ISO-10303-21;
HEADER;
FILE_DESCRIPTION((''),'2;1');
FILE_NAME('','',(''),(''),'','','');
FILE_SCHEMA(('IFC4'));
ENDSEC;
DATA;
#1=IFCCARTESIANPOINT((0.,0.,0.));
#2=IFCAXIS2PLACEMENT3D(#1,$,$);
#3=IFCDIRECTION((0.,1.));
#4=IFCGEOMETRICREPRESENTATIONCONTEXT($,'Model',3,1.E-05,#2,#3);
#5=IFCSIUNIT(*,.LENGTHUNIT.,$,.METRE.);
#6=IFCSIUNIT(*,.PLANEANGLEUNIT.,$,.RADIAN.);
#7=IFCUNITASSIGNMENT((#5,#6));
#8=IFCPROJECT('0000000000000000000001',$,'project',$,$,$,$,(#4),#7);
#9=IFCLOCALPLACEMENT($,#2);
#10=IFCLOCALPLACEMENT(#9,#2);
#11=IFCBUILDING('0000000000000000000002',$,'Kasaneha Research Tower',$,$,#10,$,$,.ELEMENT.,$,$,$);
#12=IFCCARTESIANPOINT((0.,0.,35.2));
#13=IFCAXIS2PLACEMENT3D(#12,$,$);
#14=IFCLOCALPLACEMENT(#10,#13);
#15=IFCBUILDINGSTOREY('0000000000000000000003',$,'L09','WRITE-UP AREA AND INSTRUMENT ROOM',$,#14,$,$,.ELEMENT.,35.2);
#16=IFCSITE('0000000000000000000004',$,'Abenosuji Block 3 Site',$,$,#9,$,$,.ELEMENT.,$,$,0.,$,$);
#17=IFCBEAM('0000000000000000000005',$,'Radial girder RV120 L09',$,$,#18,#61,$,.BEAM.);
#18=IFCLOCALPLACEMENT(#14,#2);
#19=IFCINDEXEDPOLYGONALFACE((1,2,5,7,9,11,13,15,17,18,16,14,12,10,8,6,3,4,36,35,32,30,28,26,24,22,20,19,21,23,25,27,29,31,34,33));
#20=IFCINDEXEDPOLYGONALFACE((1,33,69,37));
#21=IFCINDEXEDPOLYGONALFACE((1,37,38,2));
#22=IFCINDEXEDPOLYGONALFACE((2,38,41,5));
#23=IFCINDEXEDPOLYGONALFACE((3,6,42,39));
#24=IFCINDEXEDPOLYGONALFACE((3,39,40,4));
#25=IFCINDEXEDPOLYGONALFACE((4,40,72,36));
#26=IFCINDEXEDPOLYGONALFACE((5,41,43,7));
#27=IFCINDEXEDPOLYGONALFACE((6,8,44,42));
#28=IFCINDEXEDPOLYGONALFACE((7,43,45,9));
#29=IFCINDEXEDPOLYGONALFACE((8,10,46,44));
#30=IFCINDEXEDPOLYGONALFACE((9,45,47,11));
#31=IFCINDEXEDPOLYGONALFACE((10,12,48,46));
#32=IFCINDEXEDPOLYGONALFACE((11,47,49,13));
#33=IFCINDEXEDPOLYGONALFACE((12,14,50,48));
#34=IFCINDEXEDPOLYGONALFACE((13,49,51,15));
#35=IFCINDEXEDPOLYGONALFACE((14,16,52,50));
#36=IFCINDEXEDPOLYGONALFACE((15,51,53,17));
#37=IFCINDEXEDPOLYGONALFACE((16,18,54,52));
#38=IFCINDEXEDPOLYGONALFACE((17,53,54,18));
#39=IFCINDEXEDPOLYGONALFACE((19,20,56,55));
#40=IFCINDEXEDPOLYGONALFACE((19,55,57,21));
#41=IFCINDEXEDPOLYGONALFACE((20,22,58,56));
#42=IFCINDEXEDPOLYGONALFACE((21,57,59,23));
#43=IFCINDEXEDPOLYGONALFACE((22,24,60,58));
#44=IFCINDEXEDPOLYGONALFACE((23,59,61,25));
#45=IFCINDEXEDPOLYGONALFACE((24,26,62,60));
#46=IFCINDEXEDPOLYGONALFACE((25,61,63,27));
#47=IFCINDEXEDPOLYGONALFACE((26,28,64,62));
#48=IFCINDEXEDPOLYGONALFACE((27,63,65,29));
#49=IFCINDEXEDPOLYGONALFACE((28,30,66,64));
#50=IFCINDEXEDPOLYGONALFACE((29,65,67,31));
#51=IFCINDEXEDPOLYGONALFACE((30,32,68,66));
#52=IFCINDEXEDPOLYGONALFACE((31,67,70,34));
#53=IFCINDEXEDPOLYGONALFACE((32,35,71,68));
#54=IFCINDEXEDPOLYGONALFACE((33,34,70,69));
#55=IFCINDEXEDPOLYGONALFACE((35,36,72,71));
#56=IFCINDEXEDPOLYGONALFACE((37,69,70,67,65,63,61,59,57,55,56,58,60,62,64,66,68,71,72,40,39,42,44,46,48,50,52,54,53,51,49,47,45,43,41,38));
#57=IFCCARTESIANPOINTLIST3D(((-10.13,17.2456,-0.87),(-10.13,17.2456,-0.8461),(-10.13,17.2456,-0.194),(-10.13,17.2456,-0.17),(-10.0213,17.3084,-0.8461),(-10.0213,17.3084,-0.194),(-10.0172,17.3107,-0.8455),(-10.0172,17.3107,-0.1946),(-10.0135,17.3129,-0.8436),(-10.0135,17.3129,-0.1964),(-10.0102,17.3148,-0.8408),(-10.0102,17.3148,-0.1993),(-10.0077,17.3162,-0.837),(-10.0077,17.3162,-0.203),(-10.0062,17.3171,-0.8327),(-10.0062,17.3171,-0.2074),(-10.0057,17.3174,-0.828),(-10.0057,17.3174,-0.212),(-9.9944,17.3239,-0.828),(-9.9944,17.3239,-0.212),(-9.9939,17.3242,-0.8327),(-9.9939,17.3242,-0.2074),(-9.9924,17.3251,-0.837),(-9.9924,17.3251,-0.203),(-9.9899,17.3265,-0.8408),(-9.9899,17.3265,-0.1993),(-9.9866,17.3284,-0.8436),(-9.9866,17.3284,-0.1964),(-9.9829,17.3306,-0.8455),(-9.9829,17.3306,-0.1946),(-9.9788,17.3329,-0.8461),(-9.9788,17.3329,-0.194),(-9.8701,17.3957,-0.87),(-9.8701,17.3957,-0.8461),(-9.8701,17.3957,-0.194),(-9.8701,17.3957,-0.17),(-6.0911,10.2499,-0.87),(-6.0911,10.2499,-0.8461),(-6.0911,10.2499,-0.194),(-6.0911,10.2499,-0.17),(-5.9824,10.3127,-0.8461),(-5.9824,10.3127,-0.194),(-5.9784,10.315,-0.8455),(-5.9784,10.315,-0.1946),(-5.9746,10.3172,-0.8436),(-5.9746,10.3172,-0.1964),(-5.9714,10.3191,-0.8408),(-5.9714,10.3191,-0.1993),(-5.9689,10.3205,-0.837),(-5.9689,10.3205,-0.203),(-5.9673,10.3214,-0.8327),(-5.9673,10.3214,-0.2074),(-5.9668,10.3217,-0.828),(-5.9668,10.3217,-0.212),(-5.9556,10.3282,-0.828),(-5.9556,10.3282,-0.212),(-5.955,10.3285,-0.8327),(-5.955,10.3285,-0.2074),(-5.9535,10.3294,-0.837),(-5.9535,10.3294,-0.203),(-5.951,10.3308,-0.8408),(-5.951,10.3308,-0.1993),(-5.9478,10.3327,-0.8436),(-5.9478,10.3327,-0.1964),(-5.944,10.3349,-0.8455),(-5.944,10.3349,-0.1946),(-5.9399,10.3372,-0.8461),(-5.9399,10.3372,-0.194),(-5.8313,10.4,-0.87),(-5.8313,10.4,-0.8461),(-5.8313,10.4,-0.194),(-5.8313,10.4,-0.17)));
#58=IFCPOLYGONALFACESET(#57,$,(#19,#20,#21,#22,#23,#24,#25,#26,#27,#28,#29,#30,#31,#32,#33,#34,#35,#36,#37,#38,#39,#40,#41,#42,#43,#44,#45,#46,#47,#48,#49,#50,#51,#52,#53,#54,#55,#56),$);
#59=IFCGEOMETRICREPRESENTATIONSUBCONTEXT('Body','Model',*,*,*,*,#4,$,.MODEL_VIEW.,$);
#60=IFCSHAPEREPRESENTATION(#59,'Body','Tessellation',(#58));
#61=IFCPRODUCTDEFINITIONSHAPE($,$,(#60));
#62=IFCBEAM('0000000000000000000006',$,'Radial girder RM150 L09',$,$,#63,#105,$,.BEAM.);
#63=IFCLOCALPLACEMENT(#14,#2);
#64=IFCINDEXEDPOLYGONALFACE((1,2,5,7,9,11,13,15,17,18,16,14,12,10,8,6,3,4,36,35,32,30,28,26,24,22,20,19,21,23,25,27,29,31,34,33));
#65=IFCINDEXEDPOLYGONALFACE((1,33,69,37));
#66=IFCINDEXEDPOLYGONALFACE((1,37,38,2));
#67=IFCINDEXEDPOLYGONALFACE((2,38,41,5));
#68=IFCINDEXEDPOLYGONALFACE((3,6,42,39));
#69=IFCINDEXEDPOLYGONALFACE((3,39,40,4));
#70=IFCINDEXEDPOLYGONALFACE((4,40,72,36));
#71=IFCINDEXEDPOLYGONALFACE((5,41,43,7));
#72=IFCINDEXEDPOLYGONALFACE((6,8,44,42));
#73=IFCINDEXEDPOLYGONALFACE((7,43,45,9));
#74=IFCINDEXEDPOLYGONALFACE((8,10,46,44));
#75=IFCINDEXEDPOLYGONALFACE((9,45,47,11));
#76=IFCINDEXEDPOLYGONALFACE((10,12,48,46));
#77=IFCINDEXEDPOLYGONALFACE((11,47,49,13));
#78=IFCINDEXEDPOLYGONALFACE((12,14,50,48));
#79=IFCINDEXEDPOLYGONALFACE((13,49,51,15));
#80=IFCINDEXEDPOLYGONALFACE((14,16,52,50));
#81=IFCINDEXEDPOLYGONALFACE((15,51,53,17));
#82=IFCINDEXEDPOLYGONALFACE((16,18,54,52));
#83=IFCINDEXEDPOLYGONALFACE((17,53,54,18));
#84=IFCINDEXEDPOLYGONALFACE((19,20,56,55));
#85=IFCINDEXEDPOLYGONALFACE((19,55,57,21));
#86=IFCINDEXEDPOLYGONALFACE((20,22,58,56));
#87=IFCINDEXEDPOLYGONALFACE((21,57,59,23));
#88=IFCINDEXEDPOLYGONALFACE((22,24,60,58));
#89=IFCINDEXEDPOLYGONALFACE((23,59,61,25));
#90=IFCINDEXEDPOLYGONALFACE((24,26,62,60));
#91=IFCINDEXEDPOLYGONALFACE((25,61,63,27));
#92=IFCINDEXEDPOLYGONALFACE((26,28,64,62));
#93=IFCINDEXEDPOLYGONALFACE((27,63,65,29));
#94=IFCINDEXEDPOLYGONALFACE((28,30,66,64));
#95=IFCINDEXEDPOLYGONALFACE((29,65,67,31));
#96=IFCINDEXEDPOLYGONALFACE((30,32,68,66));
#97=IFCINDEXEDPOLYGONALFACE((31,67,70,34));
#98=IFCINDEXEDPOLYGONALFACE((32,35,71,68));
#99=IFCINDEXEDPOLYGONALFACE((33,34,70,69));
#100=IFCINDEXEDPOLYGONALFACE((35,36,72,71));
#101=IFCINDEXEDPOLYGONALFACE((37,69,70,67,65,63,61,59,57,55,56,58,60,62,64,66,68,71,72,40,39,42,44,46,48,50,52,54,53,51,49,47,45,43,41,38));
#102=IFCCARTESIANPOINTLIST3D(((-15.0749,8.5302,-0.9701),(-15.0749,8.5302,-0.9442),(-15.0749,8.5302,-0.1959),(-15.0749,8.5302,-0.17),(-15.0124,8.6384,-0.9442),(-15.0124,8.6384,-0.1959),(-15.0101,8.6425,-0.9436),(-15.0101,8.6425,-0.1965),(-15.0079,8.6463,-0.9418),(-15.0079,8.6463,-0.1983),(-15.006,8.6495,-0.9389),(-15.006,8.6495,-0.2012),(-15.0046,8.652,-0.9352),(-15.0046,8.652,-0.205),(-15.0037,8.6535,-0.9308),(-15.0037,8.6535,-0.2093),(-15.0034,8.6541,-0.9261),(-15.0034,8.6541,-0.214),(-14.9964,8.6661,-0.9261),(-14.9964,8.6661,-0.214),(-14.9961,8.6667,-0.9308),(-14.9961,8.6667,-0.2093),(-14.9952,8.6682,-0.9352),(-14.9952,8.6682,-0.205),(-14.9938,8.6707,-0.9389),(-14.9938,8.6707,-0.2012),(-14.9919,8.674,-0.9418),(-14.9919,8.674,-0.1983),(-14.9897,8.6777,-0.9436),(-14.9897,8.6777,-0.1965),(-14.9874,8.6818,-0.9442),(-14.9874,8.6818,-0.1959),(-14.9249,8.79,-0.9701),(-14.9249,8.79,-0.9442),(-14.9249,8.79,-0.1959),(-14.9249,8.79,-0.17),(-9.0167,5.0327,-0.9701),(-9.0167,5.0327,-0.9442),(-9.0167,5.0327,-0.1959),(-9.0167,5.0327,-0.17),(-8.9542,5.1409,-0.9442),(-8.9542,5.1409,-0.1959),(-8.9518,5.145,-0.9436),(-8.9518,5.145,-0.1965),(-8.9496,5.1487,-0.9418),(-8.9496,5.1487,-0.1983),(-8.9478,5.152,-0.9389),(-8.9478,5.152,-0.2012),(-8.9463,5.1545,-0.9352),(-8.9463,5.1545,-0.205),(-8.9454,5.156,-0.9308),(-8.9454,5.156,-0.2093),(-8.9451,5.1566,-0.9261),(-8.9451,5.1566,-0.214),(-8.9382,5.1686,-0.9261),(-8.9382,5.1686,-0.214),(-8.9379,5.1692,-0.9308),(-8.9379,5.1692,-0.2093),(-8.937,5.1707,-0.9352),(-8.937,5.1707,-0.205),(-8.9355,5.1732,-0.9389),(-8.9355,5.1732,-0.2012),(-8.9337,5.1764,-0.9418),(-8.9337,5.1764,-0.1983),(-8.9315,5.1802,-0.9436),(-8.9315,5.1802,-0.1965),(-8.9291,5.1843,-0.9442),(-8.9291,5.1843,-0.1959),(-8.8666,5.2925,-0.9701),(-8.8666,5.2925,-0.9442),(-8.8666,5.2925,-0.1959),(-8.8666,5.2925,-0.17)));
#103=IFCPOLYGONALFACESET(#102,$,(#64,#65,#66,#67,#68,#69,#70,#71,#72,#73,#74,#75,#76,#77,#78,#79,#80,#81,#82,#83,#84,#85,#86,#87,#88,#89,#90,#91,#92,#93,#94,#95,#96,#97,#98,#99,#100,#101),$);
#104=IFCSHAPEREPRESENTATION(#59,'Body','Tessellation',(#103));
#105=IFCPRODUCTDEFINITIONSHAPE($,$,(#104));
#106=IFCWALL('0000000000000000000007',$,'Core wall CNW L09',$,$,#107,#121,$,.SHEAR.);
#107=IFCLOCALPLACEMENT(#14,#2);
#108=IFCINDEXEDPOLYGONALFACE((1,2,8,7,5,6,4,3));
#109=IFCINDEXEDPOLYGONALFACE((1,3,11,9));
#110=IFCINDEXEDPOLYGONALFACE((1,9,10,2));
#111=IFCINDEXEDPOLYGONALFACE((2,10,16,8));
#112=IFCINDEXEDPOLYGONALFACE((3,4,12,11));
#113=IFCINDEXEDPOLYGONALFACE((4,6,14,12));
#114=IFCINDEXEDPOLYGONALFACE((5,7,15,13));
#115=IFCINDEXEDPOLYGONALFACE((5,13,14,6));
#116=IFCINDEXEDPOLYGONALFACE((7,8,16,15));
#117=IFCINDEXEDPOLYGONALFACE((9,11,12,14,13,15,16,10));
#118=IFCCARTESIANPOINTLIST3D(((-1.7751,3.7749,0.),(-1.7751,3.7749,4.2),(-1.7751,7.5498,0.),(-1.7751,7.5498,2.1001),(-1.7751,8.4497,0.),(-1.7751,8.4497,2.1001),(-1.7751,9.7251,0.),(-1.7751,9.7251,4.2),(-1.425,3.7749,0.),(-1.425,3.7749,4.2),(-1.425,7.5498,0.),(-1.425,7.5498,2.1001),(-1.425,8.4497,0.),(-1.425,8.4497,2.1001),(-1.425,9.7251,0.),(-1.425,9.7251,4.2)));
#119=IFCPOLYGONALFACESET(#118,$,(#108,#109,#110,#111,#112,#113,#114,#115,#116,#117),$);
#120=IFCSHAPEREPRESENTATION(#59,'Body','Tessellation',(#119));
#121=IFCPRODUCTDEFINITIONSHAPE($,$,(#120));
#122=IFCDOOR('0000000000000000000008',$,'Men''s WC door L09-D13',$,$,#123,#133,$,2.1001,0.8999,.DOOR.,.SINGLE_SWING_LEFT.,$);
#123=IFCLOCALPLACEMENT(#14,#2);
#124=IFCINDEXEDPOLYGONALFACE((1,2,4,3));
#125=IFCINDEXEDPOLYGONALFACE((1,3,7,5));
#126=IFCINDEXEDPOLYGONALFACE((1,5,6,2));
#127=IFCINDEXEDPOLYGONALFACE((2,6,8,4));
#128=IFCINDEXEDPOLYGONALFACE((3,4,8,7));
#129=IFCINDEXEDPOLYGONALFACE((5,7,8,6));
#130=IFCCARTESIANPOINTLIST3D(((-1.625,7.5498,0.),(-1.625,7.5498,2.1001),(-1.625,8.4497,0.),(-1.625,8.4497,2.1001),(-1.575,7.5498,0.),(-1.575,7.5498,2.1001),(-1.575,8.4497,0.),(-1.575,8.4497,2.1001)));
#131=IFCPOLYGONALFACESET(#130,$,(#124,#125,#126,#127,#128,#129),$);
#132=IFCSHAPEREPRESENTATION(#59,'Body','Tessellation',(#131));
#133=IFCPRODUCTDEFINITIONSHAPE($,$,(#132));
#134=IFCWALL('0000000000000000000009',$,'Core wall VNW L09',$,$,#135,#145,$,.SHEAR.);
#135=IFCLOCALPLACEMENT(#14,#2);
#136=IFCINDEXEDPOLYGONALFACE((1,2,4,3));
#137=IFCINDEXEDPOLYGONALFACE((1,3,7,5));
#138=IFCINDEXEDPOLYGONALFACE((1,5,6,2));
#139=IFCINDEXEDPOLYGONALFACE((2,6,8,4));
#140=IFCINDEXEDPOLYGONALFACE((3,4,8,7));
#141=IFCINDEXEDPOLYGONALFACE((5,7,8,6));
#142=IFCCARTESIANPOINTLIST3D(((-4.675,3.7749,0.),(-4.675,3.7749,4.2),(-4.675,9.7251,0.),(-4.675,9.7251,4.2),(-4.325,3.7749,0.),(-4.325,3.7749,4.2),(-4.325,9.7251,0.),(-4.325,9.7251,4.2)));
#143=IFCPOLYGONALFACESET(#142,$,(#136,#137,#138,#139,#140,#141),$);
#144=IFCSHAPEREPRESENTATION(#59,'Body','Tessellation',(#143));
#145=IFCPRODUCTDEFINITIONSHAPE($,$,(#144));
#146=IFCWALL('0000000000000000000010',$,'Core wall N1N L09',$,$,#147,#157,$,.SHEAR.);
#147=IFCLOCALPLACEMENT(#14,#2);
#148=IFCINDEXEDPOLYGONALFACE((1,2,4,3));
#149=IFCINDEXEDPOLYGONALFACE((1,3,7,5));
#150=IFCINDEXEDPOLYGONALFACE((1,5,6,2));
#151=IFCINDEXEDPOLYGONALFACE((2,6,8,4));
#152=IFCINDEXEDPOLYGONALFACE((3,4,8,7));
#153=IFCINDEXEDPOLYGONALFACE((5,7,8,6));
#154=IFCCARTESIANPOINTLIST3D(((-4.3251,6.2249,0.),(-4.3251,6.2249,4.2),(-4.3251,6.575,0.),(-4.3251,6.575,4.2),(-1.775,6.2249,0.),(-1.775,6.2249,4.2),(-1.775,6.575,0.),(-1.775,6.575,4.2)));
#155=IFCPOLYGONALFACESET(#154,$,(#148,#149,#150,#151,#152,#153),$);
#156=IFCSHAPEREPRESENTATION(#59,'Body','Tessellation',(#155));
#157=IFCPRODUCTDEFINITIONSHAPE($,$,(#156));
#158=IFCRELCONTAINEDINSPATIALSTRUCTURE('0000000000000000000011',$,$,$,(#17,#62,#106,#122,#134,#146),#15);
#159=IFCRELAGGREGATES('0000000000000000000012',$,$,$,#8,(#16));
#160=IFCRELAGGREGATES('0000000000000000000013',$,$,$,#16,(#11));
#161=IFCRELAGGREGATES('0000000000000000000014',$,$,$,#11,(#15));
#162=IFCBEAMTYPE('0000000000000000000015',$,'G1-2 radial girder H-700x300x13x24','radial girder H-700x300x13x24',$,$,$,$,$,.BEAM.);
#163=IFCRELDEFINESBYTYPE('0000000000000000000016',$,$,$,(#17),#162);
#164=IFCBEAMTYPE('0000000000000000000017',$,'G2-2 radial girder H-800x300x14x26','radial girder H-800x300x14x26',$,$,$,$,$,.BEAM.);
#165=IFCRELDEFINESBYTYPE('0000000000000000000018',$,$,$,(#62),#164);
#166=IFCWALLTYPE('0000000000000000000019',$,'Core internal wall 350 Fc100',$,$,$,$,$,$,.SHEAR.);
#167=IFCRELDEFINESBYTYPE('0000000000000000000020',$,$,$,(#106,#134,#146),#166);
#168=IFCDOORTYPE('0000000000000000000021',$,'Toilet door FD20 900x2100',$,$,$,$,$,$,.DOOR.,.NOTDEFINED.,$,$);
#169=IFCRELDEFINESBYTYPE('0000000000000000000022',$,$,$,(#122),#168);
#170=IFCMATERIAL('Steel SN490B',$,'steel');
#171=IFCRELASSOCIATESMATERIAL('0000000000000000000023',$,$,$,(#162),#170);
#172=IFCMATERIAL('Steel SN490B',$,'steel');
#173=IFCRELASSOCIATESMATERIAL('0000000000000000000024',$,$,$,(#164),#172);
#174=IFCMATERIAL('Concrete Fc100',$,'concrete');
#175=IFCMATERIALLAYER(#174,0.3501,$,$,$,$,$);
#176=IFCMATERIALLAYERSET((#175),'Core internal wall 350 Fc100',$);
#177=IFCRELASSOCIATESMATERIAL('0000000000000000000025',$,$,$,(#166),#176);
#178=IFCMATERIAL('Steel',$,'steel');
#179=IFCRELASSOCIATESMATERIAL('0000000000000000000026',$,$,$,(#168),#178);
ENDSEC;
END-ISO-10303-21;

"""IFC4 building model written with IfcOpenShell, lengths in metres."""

from ifc_helpers import new_model, si_unit, direction, frame, frame_2d, origin, origin_2d, place, context, subcontext, project, spatial, rectangle, i_section, extrude, material, layer, layer_set, material_profile, profile_set, type_object, element, fill, save


model = new_model("IFC4")

# Units and contexts
model_context = context("Model", 3, precision=1e-05, world=origin(), true_north=direction((0.0, 1.0)))
body_context = subcontext(model_context, "Body", "Model", "MODEL_VIEW")
ifc_project = project(units=[si_unit("LENGTHUNIT", "METRE"), si_unit("PLANEANGLEUNIT", "RADIAN")], contexts=[model_context])

# Site, building, storey
site_placement = place(None, origin())
site = spatial("IfcSite", under=ifc_project, at=site_placement, Name="Abenosuji Block 3 Site", CompositionType="ELEMENT", RefElevation=0.0)
building_placement = place(site_placement, origin())
building = spatial("IfcBuilding", under=site, at=building_placement, Name="Kasaneha Research Tower", CompositionType="ELEMENT")
storey_placement = place(building_placement, frame((0.0, 0.0, 35.2)))
storey = spatial("IfcBuildingStorey", under=building, at=storey_placement, Name="L09", Description="WRITE-UP AREA AND INSTRUMENT ROOM", CompositionType="ELEMENT", Elevation=35.2)

# Beams
ifc_material_1 = material(Name="Steel SN490B", Category="steel")
ifc_material_profile_1 = material_profile(ifc_material_1, i_section(OverallWidth=0.3, OverallDepth=0.7, WebThickness=0.0129, FlangeThickness=0.0239, FilletRadius=0.0181, at=origin_2d()), Name="H-700x300x13x24")
ifc_profile_set_1 = profile_set([ifc_material_profile_1], Name="Steel SN490B")
beam_type_1 = type_object("IfcBeamType", Name="G1-2 radial girder H-700x300x13x24", Description="radial girder H-700x300x13x24", PredefinedType="BEAM", material=ifc_profile_set_1)
beam_1_placement = place(storey_placement, frame((-5.9612, 10.325, -0.52), z_axis=(-0.499991, 0.866031, 0.0), x_axis=(-0.866031, -0.499991, 0.0)))
element("IfcBeam", 1, at=beam_1_placement, inside=storey, type_object=beam_type_1, Name="Radial girder RV120 L09", PredefinedType="BEAM", context=body_context, shape_type="SweptSolid", body=[
    extrude(i_section(OverallWidth=0.3, OverallDepth=0.7, WebThickness=0.0129, FlangeThickness=0.0239, FilletRadius=0.0181, at=origin_2d()), origin(), (0.0, 0.0, 1.0), 8.0779),
])
ifc_material_2 = material(Name="Steel SN490B", Category="steel")
ifc_material_profile_2 = material_profile(ifc_material_2, i_section(OverallWidth=0.3, OverallDepth=0.8, WebThickness=0.0139, FlangeThickness=0.0259, FilletRadius=0.0181, at=origin_2d()), Name="H-800x300x14x26")
ifc_profile_set_2 = profile_set([ifc_material_profile_2], Name="Steel SN490B")
beam_type_2 = type_object("IfcBeamType", Name="G2-2 radial girder H-800x300x14x26", Description="radial girder H-800x300x14x26", PredefinedType="BEAM", material=ifc_profile_set_2)
beam_2_placement = place(storey_placement, frame((-8.9417, 5.1626, -0.5701), z_axis=(-0.86604, 0.499975, 0.0), x_axis=(-0.499975, -0.86604, 0.0)))
element("IfcBeam", 2, at=beam_2_placement, inside=storey, type_object=beam_type_2, Name="Radial girder RM150 L09", PredefinedType="BEAM", context=body_context, shape_type="SweptSolid", body=[
    extrude(i_section(OverallWidth=0.3, OverallDepth=0.8, WebThickness=0.0139, FlangeThickness=0.0259, FilletRadius=0.0181, at=origin_2d()), origin(), (0.0, 0.0, 1.0), 6.9954),
])

# Wall, opening, door
ifc_material_3 = material(Name="Concrete Fc100", Category="concrete")
ifc_layer_1 = layer(ifc_material_3, 0.3501)
ifc_layer_set_1 = layer_set([ifc_layer_1], Name="Core internal wall 350 Fc100")
wall_type_1 = type_object("IfcWallType", Name="Core internal wall 350 Fc100", PredefinedType="SHEAR", material=ifc_layer_set_1)
wall_1_placement = place(storey_placement, frame((-1.6001, 3.7749, 0.0), z_axis=(0.0, 0.0, 1.0), x_axis=(0.0, 1.0, 0.0)))
wall_1 = element("IfcWall", 3, at=wall_1_placement, inside=storey, type_object=wall_type_1, Name="Core wall CNW L09", PredefinedType="SHEAR", context=body_context, shape_type="SweptSolid", body=[
    extrude(rectangle(XDim=5.9502, YDim=0.3501, at=frame_2d((2.9751, 0.0))), origin(), (0.0, 0.0, 1.0), 4.2),
])
opening_1_placement = place(wall_1_placement, frame((3.7749, 0.0, 0.0)))
opening_1 = element("IfcOpeningElement", 4, at=opening_1_placement, cuts=wall_1, PredefinedType="OPENING", context=body_context, shape_type="SweptSolid", body=[
    extrude(rectangle(XDim=0.8999, YDim=2.1001, at=frame_2d((0.45, 1.05))), frame((0.0, 0.1851, 0.0), z_axis=(0.0, -1.0, 0.0), x_axis=(1.0, 0.0, 0.0)), (0.0, 0.0, 1.0), 0.3701),
])
ifc_material_4 = material(Name="Steel", Category="steel")
door_type_1 = type_object("IfcDoorType", Name="Toilet door FD20 900x2100", OperationType="NOTDEFINED", PredefinedType="DOOR", material=ifc_material_4)
door_1_placement = place(opening_1_placement, origin())
door_1 = element("IfcDoor", 5, at=door_1_placement, inside=storey, type_object=door_type_1, Name="Men's WC door L09-D13", OperationType="SINGLE_SWING_LEFT", OverallHeight=2.1001, OverallWidth=0.8999, PredefinedType="DOOR", context=body_context, shape_type="SweptSolid", body=[
    extrude(rectangle(XDim=0.8999, YDim=2.1001, at=frame_2d((0.45, 1.05))), frame((0.0, 0.0249, 0.0), z_axis=(0.0, -1.0, 0.0), x_axis=(1.0, 0.0, 0.0)), (0.0, 0.0, 1.0), 0.05),
])
fill(opening_1, door_1)

# Walls
wall_2_placement = place(storey_placement, frame((-4.5, 3.7749, 0.0), z_axis=(0.0, 0.0, 1.0), x_axis=(0.0, 1.0, 0.0)))
element("IfcWall", 6, at=wall_2_placement, inside=storey, type_object=wall_type_1, Name="Core wall VNW L09", PredefinedType="SHEAR", context=body_context, shape_type="SweptSolid", body=[
    extrude(rectangle(XDim=5.9502, YDim=0.3501, at=frame_2d((2.9751, 0.0))), origin(), (0.0, 0.0, 1.0), 4.2),
])
wall_3_placement = place(storey_placement, frame((-4.325, 6.3999, 0.0), z_axis=(0.0, 0.0, 1.0), x_axis=(1.0, 0.0, 0.0)))
element("IfcWall", 7, at=wall_3_placement, inside=storey, type_object=wall_type_1, Name="Core wall N1N L09", PredefinedType="SHEAR", context=body_context, shape_type="SweptSolid", body=[
    extrude(rectangle(XDim=2.55, YDim=0.3501, at=frame_2d((1.2749, 0.0))), origin(), (0.0, 0.0, 1.0), 4.2),
])

save(model, "model.ifc")
